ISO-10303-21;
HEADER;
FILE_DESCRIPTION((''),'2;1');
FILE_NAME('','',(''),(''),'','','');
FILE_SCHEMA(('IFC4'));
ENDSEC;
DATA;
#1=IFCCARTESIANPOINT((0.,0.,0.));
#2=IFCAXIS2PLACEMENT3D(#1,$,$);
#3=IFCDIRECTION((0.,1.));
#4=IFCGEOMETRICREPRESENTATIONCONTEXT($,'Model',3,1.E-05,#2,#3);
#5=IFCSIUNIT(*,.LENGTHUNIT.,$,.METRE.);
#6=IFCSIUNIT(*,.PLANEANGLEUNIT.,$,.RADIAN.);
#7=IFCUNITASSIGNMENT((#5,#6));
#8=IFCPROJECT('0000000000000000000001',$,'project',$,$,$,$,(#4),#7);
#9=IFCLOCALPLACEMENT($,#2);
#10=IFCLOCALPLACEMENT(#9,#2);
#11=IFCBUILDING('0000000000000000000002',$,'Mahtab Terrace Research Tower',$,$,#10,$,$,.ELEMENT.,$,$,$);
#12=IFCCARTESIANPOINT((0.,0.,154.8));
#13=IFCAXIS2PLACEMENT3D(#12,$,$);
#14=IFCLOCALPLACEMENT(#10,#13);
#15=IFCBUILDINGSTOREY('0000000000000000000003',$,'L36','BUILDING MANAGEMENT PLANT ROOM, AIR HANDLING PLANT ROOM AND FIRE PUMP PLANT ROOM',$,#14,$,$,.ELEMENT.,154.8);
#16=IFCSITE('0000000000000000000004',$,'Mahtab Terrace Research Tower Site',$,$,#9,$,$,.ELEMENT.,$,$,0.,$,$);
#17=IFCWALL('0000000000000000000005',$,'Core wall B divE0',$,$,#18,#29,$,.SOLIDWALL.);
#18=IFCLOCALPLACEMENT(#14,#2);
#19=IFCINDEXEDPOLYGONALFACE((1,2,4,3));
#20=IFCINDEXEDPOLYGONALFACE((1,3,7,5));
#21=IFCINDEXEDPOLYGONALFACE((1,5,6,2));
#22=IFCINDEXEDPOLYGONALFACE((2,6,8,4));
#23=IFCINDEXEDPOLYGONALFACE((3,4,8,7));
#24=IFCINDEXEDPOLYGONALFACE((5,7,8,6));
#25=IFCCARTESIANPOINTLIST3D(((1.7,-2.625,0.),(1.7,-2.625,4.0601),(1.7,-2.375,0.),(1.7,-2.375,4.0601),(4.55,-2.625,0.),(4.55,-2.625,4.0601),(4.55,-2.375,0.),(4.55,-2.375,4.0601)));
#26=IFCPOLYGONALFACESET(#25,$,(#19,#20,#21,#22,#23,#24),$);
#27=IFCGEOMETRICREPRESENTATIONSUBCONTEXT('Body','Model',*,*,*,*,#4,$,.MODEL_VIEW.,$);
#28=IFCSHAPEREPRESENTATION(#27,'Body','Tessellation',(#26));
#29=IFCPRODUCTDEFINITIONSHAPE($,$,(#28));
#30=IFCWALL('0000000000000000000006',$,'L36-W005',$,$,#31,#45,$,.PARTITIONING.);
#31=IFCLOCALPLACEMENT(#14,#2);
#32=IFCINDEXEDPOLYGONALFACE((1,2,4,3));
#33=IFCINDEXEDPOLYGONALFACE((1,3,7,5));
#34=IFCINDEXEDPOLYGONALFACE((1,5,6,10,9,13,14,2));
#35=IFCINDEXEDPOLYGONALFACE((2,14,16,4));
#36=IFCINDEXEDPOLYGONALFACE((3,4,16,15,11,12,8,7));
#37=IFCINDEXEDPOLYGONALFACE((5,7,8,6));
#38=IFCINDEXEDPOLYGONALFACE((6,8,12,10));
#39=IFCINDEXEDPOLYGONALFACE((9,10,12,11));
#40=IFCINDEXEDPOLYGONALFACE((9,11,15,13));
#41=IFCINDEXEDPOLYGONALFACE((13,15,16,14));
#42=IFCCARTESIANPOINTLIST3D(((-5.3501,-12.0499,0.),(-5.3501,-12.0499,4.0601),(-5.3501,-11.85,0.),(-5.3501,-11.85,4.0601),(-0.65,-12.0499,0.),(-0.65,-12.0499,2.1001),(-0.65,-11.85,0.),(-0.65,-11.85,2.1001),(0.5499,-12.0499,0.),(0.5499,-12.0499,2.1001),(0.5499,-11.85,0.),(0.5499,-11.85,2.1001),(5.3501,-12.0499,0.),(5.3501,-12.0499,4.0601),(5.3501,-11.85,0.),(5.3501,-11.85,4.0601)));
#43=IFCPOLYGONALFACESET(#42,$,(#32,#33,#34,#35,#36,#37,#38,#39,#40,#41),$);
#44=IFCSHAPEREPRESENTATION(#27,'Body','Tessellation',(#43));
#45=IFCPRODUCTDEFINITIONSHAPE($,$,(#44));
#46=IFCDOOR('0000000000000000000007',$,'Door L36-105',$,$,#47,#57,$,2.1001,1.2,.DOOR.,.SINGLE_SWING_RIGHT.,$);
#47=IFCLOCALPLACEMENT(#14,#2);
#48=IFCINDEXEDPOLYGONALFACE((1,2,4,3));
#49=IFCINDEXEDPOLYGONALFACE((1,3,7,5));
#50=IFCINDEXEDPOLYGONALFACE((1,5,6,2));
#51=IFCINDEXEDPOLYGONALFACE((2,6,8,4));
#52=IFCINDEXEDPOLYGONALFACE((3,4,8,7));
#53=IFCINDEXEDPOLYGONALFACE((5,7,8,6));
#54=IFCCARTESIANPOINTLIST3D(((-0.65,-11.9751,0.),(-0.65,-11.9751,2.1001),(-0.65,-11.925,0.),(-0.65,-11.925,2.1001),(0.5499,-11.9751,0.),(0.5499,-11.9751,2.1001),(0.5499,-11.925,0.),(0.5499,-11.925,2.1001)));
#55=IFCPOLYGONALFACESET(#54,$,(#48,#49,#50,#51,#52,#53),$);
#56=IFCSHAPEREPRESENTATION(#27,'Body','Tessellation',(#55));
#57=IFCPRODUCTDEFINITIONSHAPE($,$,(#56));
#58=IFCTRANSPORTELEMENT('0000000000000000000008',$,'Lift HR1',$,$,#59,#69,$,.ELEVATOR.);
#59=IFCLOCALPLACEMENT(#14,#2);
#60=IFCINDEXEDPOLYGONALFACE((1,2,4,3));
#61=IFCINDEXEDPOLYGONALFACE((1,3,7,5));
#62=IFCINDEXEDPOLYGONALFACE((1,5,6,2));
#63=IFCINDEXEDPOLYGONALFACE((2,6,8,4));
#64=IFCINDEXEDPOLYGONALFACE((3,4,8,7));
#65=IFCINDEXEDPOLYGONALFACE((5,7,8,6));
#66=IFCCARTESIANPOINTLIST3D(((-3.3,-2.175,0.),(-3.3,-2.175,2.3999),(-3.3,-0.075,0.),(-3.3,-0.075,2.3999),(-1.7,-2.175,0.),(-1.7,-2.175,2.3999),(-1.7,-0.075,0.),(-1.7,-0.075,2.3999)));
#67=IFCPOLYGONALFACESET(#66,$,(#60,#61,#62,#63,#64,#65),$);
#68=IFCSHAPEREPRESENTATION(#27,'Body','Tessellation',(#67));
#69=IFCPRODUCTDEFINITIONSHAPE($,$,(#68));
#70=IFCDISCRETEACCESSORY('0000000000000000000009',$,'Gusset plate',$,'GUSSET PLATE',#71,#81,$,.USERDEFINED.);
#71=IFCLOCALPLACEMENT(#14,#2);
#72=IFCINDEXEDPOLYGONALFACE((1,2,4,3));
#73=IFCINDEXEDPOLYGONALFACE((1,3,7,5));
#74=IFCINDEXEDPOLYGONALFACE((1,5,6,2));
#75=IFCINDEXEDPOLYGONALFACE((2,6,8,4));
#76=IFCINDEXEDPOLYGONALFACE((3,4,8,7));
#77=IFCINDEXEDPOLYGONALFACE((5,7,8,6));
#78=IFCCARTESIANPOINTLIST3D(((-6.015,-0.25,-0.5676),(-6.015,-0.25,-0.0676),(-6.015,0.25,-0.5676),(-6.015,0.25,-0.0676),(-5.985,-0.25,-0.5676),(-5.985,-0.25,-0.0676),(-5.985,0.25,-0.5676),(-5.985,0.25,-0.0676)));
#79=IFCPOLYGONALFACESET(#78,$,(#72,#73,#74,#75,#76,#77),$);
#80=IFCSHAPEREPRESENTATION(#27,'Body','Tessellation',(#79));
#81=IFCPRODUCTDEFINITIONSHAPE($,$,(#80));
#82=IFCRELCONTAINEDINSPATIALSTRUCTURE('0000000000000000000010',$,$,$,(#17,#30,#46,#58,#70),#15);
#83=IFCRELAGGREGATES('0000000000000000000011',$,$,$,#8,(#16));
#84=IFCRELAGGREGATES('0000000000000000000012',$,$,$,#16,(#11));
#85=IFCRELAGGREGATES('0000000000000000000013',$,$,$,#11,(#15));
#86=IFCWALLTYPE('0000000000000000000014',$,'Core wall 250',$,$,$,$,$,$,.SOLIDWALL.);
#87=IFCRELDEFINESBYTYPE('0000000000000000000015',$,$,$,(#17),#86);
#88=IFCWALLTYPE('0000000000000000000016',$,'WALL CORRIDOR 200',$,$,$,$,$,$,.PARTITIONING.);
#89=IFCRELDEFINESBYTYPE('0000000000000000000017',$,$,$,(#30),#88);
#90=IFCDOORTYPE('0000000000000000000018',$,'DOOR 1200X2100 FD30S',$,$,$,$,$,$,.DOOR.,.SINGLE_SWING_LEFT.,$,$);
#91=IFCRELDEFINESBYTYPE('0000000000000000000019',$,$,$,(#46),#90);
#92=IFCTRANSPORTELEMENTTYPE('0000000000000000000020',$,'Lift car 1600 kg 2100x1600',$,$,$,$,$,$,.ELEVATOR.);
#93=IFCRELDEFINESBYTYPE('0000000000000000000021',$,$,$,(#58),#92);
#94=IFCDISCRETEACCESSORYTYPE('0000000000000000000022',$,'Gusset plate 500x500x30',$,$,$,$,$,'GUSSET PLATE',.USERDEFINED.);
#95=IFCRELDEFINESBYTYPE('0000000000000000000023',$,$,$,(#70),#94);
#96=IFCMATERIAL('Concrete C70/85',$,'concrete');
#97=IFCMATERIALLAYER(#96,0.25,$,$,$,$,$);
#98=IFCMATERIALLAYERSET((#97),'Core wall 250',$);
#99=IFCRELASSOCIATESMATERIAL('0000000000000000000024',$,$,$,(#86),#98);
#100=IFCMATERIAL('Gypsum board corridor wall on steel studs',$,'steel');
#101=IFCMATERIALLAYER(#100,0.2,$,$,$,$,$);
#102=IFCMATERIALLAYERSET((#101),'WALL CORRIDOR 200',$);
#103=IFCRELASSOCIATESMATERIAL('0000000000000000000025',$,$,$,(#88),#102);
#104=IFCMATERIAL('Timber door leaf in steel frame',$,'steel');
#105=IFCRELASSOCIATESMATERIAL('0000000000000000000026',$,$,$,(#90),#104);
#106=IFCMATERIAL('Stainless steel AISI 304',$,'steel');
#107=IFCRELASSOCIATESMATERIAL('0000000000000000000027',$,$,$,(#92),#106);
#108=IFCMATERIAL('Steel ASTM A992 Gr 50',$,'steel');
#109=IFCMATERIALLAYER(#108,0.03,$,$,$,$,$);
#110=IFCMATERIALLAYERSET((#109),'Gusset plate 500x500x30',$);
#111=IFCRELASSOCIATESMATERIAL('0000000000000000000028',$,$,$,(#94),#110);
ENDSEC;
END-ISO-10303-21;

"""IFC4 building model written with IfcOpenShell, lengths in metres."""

from ifc_helpers import new_model, si_unit, direction, frame, frame_2d, origin, origin_2d, place, context, subcontext, project, spatial, rectangle, extrude, material, layer, layer_set, type_object, element, fill, save


model = new_model("IFC4")

# Units and contexts
model_context = context("Model", 3, precision=1e-05, world=origin(), true_north=direction((0.0, 1.0)))
body_context = subcontext(model_context, "Body", "Model", "MODEL_VIEW")
ifc_project = project(units=[si_unit("LENGTHUNIT", "METRE"), si_unit("PLANEANGLEUNIT", "RADIAN")], contexts=[model_context])

# Site, building, storey
site_placement = place(None, origin())
site = spatial("IfcSite", under=ifc_project, at=site_placement, Name="Mahtab Terrace Research Tower Site", CompositionType="ELEMENT", RefElevation=0.0)
building_placement = place(site_placement, origin())
building = spatial("IfcBuilding", under=site, at=building_placement, Name="Mahtab Terrace Research Tower", CompositionType="ELEMENT")
storey_placement = place(building_placement, frame((0.0, 0.0, 154.8)))
storey = spatial("IfcBuildingStorey", under=building, at=storey_placement, Name="L36", Description="BUILDING MANAGEMENT PLANT ROOM, AIR HANDLING PLANT ROOM AND FIRE PUMP PLANT ROOM", CompositionType="ELEMENT", Elevation=154.8)

# Shared definitions
ifc_material_1 = material(Name="Concrete C70/85", Category="concrete")

# Shared definitions
ifc_material_2 = material(Name="Steel ASTM A992 Gr 50", Category="steel")

# Shared definitions
ifc_layer_1 = layer(ifc_material_1, 0.25)
ifc_layer_set_1 = layer_set([ifc_layer_1], Name="Core wall 250")
wall_type_1 = type_object("IfcWallType", Name="Core wall 250", PredefinedType="SOLIDWALL", material=ifc_layer_set_1)
ifc_material_3 = material(Name="Stainless steel AISI 304", Category="steel")

# Wall
for number, where, z_axis, x_axis, name in (
    (1, (1.7, -2.5, 0.0), (0.0, 0.0, 1.0), (1.0, 0.0, 0.0), "Core wall B divE0"),
):
    element("IfcWall", number, at=place(storey_placement, frame(where, z_axis=z_axis, x_axis=x_axis)), inside=storey, type_object=wall_type_1, Name=name, PredefinedType="SOLIDWALL", context=body_context, shape_type="SweptSolid", body=[
        extrude(rectangle(XDim=2.8501, YDim=0.25, at=frame_2d((1.425, 0.0))), origin(), (0.0, 0.0, 1.0), 4.0601),
    ])

# Wall, opening, door
ifc_material_4 = material(Name="Gypsum board corridor wall on steel studs", Category="steel")
ifc_layer_2 = layer(ifc_material_4, 0.2)
ifc_layer_set_2 = layer_set([ifc_layer_2], Name="WALL CORRIDOR 200")
wall_type_2 = type_object("IfcWallType", Name="WALL CORRIDOR 200", PredefinedType="PARTITIONING", material=ifc_layer_set_2)
wall_1_placement = place(storey_placement, frame((-5.3501, -11.95, 0.0), z_axis=(0.0, 0.0, 1.0), x_axis=(1.0, 0.0, 0.0)))
wall_1 = element("IfcWall", 2, at=wall_1_placement, inside=storey, type_object=wall_type_2, Name="L36-W005", PredefinedType="PARTITIONING", context=body_context, shape_type="SweptSolid", body=[
    extrude(rectangle(XDim=10.7002, YDim=0.2, at=frame_2d((5.3501, 0.0))), origin(), (0.0, 0.0, 1.0), 4.0601),
])
opening_1_placement = place(wall_1_placement, frame((4.7, 0.0, 0.0)))
opening_1 = element("IfcOpeningElement", 3, at=opening_1_placement, cuts=wall_1, PredefinedType="OPENING", context=body_context, shape_type="SweptSolid", body=[
    extrude(rectangle(XDim=1.2, YDim=2.1001, at=frame_2d((0.6001, 1.05))), frame((0.0, 0.1099, 0.0), z_axis=(0.0, -1.0, 0.0), x_axis=(1.0, 0.0, 0.0)), (0.0, 0.0, 1.0), 0.22),
])
ifc_material_5 = material(Name="Timber door leaf in steel frame", Category="steel")
door_type_1 = type_object("IfcDoorType", Name="DOOR 1200X2100 FD30S", OperationType="SINGLE_SWING_LEFT", PredefinedType="DOOR", material=ifc_material_5)
door_1_placement = place(opening_1_placement, origin())
door_1 = element("IfcDoor", 4, at=door_1_placement, inside=storey, type_object=door_type_1, Name="Door L36-105", OperationType="SINGLE_SWING_RIGHT", OverallHeight=2.1001, OverallWidth=1.2, PredefinedType="DOOR", context=body_context, shape_type="SweptSolid", body=[
    extrude(rectangle(XDim=1.2, YDim=2.1001, at=frame_2d((0.6001, 1.05))), frame((0.0, 0.0249, 0.0), z_axis=(0.0, -1.0, 0.0), x_axis=(1.0, 0.0, 0.0)), (0.0, 0.0, 1.0), 0.05),
])
fill(opening_1, door_1)

# Transport element
transport_element_type = type_object("IfcTransportElementType", Name="Lift car 1600 kg 2100x1600", PredefinedType="ELEVATOR", material=ifc_material_3)
transport_element_placement = place(storey_placement, frame((-2.5, -1.125, 0.0), z_axis=(0.0, 0.0, 1.0), x_axis=(1.0, 0.0, 0.0)))
element("IfcTransportElement", 5, at=transport_element_placement, inside=storey, type_object=transport_element_type, Name="Lift HR1", PredefinedType="ELEVATOR", context=body_context, shape_type="SweptSolid", body=[
    extrude(rectangle(XDim=1.6001, YDim=2.1001, at=origin_2d()), origin(), (0.0, 0.0, 1.0), 2.3999),
])

# Discrete accessory
ifc_layer_3 = layer(ifc_material_2, 0.03)
ifc_layer_set_3 = layer_set([ifc_layer_3], Name="Gusset plate 500x500x30")
discrete_accessory_type = type_object("IfcDiscreteAccessoryType", Name="Gusset plate 500x500x30", ElementType="GUSSET PLATE", PredefinedType="USERDEFINED", material=ifc_layer_set_3)
discrete_accessory_placement = place(storey_placement, frame((-6.0, 0.0, -0.5676), z_axis=(0.0, 0.0, 1.0), x_axis=(0.0, 1.0, 0.0)))
element("IfcDiscreteAccessory", 6, at=discrete_accessory_placement, inside=storey, type_object=discrete_accessory_type, Name="Gusset plate", ObjectType="GUSSET PLATE", PredefinedType="USERDEFINED", context=body_context, shape_type="SweptSolid", body=[
    extrude(rectangle(XDim=0.5, YDim=0.03, at=origin_2d()), origin(), (0.0, 0.0, 1.0), 0.5),
])

save(model, "model.ifc")
